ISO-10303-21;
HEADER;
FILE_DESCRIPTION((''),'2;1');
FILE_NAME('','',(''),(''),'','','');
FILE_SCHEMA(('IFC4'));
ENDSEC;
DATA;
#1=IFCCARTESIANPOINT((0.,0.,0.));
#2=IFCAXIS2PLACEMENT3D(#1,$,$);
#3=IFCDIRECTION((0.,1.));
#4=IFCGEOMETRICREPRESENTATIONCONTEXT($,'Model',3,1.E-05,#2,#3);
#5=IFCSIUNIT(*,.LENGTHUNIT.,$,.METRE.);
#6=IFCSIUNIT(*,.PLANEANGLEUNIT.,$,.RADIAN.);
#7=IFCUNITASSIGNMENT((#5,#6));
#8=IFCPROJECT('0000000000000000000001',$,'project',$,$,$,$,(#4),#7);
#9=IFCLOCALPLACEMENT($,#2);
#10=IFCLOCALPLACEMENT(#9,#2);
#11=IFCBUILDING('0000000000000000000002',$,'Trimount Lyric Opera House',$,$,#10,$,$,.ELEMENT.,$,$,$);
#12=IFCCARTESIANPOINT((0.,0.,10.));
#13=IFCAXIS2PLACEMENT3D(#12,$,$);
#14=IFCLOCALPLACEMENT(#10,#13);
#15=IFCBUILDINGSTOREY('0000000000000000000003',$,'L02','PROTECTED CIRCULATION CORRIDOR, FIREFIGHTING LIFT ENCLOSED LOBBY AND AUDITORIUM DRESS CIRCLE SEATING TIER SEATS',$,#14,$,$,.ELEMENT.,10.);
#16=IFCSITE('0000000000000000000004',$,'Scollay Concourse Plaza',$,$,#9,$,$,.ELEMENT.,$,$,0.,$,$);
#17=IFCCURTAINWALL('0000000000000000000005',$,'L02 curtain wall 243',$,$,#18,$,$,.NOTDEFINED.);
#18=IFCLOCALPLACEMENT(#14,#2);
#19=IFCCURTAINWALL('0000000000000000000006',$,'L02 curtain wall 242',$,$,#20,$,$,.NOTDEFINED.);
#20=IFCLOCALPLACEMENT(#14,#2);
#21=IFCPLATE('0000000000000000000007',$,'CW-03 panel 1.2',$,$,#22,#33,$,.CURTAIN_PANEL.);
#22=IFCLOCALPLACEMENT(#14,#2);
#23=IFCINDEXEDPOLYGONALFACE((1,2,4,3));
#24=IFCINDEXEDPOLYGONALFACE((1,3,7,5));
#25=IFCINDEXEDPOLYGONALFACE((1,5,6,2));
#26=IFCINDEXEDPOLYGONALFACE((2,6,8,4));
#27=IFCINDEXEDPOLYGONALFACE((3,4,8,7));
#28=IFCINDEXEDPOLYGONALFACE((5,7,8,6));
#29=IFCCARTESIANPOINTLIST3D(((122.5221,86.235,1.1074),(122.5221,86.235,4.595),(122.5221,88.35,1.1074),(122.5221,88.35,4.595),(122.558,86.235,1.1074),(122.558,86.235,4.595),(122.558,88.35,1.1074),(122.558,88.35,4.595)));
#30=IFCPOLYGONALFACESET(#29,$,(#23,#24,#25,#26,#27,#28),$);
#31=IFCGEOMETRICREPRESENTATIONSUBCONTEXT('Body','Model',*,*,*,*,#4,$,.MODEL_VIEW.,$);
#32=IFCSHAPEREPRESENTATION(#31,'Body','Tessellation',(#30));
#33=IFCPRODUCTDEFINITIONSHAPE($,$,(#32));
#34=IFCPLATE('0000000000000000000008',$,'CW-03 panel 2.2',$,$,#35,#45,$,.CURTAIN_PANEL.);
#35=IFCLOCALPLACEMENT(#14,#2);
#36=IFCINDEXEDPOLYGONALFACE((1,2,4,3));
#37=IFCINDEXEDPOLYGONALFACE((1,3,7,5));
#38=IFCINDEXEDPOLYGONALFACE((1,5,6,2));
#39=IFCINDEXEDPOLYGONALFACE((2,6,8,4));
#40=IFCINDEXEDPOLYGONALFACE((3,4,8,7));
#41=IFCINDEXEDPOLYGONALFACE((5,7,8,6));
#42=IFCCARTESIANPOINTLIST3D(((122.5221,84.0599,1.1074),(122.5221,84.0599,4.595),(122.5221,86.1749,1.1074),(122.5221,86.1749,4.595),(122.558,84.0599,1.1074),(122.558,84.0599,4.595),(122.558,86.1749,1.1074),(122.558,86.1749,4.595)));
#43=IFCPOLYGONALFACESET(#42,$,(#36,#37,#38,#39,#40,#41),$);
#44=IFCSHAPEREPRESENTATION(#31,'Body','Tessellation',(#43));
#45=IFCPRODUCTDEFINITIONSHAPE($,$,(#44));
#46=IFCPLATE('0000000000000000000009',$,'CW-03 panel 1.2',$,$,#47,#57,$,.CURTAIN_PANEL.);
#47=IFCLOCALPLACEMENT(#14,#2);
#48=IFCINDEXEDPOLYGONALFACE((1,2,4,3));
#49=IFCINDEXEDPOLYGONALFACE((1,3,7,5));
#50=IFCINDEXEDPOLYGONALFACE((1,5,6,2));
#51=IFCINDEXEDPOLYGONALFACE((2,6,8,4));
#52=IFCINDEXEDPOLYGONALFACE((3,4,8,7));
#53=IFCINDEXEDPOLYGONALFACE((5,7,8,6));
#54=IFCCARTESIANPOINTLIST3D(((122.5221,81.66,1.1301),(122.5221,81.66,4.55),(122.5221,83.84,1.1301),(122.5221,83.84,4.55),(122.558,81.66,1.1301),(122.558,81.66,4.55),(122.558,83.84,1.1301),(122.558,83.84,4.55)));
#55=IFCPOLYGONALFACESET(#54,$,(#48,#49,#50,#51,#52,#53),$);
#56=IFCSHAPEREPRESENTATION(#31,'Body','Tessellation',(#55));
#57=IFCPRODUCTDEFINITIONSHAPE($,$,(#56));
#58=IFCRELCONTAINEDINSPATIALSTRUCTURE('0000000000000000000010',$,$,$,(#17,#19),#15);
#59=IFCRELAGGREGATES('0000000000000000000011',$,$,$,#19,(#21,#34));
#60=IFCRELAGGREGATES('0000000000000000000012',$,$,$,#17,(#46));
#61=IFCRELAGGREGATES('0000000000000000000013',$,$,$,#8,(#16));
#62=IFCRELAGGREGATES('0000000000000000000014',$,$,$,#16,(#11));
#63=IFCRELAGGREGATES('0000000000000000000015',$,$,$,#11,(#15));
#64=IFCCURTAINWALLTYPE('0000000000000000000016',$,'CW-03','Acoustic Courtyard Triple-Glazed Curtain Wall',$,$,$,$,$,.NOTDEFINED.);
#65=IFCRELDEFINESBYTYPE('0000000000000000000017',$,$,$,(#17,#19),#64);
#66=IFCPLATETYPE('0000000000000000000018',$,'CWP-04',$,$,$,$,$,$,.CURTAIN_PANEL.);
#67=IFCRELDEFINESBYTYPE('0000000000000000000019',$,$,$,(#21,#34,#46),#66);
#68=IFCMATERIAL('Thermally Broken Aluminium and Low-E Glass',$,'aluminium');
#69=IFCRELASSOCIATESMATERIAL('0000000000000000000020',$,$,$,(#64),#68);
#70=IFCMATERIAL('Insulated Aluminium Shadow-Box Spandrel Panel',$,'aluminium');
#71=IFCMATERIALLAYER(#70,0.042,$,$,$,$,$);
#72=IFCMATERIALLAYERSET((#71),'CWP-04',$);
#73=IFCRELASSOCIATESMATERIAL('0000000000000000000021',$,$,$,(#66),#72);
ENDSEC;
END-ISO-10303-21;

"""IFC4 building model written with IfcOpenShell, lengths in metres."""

from ifc_helpers import new_model, si_unit, direction, frame, origin, origin_2d, place, context, subcontext, project, spatial, rectangle, extrude, material, layer, layer_set, type_object, element, aggregate, save


model = new_model("IFC4")

# Units and contexts
model_context = context("Model", 3, precision=1e-05, world=origin(), true_north=direction((0.0, 1.0)))
body_context = subcontext(model_context, "Body", "Model", "MODEL_VIEW")
ifc_project = project(units=[si_unit("LENGTHUNIT", "METRE"), si_unit("PLANEANGLEUNIT", "RADIAN")], contexts=[model_context])

# Site, building, storey
site_placement = place(None, origin())
site = spatial("IfcSite", under=ifc_project, at=site_placement, Name="Scollay Concourse Plaza", CompositionType="ELEMENT", RefElevation=0.0)
building_placement = place(site_placement, origin())
building = spatial("IfcBuilding", under=site, at=building_placement, Name="Trimount Lyric Opera House", CompositionType="ELEMENT")
storey_placement = place(building_placement, frame((0.0, 0.0, 10.0)))
storey = spatial("IfcBuildingStorey", under=building, at=storey_placement, Name="L02", Description="PROTECTED CIRCULATION CORRIDOR, FIREFIGHTING LIFT ENCLOSED LOBBY AND AUDITORIUM DRESS CIRCLE SEATING TIER SEATS", CompositionType="ELEMENT", Elevation=10.0)

# Curtain wall
ifc_material_1 = material(Name="Thermally Broken Aluminium and Low-E Glass", Category="aluminium")
curtain_wall_type = type_object("IfcCurtainWallType", Name="CW-03", Description="Acoustic Courtyard Triple-Glazed Curtain Wall", PredefinedType="NOTDEFINED", material=ifc_material_1)
curtain_wall_1_placement = place(storey_placement, origin())
curtain_wall_1 = element("IfcCurtainWall", 1, at=curtain_wall_1_placement, inside=storey, type_object=curtain_wall_type, Name="L02 curtain wall 243", PredefinedType="NOTDEFINED")

# Curtain wall
curtain_wall_2_placement = place(storey_placement, origin())
curtain_wall_2 = element("IfcCurtainWall", 2, at=curtain_wall_2_placement, inside=storey, type_object=curtain_wall_type, Name="L02 curtain wall 242", PredefinedType="NOTDEFINED")

# Plates
ifc_material_2 = material(Name="Insulated Aluminium Shadow-Box Spandrel Panel", Category="aluminium")
ifc_layer_1 = layer(ifc_material_2, 0.042)
ifc_layer_set_1 = layer_set([ifc_layer_1], Name="CWP-04")
plate_type_1 = type_object("IfcPlateType", Name="CWP-04", PredefinedType="CURTAIN_PANEL", material=ifc_layer_set_1)
plate_1_placement = place(storey_placement, frame((122.54, 87.2925, 1.1074), z_axis=(0.0, 0.0, 1.0), x_axis=(0.0, -1.0, 0.0)))
plate_1 = element("IfcPlate", 3, at=plate_1_placement, type_object=plate_type_1, Name="CW-03 panel 1.2", PredefinedType="CURTAIN_PANEL", context=body_context, shape_type="SweptSolid", body=[
    extrude(rectangle(XDim=2.115, YDim=0.0359, at=origin_2d()), origin(), (0.0, 0.0, 1.0), 3.4875),
])
plate_2_placement = place(storey_placement, frame((122.54, 85.1174, 1.1074), z_axis=(0.0, 0.0, 1.0), x_axis=(0.0, -1.0, 0.0)))
plate_2 = element("IfcPlate", 4, at=plate_2_placement, type_object=plate_type_1, Name="CW-03 panel 2.2", PredefinedType="CURTAIN_PANEL", context=body_context, shape_type="SweptSolid", body=[
    extrude(rectangle(XDim=2.115, YDim=0.0359, at=origin_2d()), origin(), (0.0, 0.0, 1.0), 3.4875),
])
aggregate(curtain_wall_2, [plate_1, plate_2])
plate_3_placement = place(storey_placement, frame((122.54, 82.75, 1.1301), z_axis=(0.0, 0.0, 1.0), x_axis=(0.0, -1.0, 0.0)))
plate_3 = element("IfcPlate", 5, at=plate_3_placement, type_object=plate_type_1, Name="CW-03 panel 1.2", PredefinedType="CURTAIN_PANEL", context=body_context, shape_type="SweptSolid", body=[
    extrude(rectangle(XDim=2.1799, YDim=0.0359, at=origin_2d()), origin(), (0.0, 0.0, 1.0), 3.4199),
])
aggregate(curtain_wall_1, [plate_3])

save(model, "model.ifc")
